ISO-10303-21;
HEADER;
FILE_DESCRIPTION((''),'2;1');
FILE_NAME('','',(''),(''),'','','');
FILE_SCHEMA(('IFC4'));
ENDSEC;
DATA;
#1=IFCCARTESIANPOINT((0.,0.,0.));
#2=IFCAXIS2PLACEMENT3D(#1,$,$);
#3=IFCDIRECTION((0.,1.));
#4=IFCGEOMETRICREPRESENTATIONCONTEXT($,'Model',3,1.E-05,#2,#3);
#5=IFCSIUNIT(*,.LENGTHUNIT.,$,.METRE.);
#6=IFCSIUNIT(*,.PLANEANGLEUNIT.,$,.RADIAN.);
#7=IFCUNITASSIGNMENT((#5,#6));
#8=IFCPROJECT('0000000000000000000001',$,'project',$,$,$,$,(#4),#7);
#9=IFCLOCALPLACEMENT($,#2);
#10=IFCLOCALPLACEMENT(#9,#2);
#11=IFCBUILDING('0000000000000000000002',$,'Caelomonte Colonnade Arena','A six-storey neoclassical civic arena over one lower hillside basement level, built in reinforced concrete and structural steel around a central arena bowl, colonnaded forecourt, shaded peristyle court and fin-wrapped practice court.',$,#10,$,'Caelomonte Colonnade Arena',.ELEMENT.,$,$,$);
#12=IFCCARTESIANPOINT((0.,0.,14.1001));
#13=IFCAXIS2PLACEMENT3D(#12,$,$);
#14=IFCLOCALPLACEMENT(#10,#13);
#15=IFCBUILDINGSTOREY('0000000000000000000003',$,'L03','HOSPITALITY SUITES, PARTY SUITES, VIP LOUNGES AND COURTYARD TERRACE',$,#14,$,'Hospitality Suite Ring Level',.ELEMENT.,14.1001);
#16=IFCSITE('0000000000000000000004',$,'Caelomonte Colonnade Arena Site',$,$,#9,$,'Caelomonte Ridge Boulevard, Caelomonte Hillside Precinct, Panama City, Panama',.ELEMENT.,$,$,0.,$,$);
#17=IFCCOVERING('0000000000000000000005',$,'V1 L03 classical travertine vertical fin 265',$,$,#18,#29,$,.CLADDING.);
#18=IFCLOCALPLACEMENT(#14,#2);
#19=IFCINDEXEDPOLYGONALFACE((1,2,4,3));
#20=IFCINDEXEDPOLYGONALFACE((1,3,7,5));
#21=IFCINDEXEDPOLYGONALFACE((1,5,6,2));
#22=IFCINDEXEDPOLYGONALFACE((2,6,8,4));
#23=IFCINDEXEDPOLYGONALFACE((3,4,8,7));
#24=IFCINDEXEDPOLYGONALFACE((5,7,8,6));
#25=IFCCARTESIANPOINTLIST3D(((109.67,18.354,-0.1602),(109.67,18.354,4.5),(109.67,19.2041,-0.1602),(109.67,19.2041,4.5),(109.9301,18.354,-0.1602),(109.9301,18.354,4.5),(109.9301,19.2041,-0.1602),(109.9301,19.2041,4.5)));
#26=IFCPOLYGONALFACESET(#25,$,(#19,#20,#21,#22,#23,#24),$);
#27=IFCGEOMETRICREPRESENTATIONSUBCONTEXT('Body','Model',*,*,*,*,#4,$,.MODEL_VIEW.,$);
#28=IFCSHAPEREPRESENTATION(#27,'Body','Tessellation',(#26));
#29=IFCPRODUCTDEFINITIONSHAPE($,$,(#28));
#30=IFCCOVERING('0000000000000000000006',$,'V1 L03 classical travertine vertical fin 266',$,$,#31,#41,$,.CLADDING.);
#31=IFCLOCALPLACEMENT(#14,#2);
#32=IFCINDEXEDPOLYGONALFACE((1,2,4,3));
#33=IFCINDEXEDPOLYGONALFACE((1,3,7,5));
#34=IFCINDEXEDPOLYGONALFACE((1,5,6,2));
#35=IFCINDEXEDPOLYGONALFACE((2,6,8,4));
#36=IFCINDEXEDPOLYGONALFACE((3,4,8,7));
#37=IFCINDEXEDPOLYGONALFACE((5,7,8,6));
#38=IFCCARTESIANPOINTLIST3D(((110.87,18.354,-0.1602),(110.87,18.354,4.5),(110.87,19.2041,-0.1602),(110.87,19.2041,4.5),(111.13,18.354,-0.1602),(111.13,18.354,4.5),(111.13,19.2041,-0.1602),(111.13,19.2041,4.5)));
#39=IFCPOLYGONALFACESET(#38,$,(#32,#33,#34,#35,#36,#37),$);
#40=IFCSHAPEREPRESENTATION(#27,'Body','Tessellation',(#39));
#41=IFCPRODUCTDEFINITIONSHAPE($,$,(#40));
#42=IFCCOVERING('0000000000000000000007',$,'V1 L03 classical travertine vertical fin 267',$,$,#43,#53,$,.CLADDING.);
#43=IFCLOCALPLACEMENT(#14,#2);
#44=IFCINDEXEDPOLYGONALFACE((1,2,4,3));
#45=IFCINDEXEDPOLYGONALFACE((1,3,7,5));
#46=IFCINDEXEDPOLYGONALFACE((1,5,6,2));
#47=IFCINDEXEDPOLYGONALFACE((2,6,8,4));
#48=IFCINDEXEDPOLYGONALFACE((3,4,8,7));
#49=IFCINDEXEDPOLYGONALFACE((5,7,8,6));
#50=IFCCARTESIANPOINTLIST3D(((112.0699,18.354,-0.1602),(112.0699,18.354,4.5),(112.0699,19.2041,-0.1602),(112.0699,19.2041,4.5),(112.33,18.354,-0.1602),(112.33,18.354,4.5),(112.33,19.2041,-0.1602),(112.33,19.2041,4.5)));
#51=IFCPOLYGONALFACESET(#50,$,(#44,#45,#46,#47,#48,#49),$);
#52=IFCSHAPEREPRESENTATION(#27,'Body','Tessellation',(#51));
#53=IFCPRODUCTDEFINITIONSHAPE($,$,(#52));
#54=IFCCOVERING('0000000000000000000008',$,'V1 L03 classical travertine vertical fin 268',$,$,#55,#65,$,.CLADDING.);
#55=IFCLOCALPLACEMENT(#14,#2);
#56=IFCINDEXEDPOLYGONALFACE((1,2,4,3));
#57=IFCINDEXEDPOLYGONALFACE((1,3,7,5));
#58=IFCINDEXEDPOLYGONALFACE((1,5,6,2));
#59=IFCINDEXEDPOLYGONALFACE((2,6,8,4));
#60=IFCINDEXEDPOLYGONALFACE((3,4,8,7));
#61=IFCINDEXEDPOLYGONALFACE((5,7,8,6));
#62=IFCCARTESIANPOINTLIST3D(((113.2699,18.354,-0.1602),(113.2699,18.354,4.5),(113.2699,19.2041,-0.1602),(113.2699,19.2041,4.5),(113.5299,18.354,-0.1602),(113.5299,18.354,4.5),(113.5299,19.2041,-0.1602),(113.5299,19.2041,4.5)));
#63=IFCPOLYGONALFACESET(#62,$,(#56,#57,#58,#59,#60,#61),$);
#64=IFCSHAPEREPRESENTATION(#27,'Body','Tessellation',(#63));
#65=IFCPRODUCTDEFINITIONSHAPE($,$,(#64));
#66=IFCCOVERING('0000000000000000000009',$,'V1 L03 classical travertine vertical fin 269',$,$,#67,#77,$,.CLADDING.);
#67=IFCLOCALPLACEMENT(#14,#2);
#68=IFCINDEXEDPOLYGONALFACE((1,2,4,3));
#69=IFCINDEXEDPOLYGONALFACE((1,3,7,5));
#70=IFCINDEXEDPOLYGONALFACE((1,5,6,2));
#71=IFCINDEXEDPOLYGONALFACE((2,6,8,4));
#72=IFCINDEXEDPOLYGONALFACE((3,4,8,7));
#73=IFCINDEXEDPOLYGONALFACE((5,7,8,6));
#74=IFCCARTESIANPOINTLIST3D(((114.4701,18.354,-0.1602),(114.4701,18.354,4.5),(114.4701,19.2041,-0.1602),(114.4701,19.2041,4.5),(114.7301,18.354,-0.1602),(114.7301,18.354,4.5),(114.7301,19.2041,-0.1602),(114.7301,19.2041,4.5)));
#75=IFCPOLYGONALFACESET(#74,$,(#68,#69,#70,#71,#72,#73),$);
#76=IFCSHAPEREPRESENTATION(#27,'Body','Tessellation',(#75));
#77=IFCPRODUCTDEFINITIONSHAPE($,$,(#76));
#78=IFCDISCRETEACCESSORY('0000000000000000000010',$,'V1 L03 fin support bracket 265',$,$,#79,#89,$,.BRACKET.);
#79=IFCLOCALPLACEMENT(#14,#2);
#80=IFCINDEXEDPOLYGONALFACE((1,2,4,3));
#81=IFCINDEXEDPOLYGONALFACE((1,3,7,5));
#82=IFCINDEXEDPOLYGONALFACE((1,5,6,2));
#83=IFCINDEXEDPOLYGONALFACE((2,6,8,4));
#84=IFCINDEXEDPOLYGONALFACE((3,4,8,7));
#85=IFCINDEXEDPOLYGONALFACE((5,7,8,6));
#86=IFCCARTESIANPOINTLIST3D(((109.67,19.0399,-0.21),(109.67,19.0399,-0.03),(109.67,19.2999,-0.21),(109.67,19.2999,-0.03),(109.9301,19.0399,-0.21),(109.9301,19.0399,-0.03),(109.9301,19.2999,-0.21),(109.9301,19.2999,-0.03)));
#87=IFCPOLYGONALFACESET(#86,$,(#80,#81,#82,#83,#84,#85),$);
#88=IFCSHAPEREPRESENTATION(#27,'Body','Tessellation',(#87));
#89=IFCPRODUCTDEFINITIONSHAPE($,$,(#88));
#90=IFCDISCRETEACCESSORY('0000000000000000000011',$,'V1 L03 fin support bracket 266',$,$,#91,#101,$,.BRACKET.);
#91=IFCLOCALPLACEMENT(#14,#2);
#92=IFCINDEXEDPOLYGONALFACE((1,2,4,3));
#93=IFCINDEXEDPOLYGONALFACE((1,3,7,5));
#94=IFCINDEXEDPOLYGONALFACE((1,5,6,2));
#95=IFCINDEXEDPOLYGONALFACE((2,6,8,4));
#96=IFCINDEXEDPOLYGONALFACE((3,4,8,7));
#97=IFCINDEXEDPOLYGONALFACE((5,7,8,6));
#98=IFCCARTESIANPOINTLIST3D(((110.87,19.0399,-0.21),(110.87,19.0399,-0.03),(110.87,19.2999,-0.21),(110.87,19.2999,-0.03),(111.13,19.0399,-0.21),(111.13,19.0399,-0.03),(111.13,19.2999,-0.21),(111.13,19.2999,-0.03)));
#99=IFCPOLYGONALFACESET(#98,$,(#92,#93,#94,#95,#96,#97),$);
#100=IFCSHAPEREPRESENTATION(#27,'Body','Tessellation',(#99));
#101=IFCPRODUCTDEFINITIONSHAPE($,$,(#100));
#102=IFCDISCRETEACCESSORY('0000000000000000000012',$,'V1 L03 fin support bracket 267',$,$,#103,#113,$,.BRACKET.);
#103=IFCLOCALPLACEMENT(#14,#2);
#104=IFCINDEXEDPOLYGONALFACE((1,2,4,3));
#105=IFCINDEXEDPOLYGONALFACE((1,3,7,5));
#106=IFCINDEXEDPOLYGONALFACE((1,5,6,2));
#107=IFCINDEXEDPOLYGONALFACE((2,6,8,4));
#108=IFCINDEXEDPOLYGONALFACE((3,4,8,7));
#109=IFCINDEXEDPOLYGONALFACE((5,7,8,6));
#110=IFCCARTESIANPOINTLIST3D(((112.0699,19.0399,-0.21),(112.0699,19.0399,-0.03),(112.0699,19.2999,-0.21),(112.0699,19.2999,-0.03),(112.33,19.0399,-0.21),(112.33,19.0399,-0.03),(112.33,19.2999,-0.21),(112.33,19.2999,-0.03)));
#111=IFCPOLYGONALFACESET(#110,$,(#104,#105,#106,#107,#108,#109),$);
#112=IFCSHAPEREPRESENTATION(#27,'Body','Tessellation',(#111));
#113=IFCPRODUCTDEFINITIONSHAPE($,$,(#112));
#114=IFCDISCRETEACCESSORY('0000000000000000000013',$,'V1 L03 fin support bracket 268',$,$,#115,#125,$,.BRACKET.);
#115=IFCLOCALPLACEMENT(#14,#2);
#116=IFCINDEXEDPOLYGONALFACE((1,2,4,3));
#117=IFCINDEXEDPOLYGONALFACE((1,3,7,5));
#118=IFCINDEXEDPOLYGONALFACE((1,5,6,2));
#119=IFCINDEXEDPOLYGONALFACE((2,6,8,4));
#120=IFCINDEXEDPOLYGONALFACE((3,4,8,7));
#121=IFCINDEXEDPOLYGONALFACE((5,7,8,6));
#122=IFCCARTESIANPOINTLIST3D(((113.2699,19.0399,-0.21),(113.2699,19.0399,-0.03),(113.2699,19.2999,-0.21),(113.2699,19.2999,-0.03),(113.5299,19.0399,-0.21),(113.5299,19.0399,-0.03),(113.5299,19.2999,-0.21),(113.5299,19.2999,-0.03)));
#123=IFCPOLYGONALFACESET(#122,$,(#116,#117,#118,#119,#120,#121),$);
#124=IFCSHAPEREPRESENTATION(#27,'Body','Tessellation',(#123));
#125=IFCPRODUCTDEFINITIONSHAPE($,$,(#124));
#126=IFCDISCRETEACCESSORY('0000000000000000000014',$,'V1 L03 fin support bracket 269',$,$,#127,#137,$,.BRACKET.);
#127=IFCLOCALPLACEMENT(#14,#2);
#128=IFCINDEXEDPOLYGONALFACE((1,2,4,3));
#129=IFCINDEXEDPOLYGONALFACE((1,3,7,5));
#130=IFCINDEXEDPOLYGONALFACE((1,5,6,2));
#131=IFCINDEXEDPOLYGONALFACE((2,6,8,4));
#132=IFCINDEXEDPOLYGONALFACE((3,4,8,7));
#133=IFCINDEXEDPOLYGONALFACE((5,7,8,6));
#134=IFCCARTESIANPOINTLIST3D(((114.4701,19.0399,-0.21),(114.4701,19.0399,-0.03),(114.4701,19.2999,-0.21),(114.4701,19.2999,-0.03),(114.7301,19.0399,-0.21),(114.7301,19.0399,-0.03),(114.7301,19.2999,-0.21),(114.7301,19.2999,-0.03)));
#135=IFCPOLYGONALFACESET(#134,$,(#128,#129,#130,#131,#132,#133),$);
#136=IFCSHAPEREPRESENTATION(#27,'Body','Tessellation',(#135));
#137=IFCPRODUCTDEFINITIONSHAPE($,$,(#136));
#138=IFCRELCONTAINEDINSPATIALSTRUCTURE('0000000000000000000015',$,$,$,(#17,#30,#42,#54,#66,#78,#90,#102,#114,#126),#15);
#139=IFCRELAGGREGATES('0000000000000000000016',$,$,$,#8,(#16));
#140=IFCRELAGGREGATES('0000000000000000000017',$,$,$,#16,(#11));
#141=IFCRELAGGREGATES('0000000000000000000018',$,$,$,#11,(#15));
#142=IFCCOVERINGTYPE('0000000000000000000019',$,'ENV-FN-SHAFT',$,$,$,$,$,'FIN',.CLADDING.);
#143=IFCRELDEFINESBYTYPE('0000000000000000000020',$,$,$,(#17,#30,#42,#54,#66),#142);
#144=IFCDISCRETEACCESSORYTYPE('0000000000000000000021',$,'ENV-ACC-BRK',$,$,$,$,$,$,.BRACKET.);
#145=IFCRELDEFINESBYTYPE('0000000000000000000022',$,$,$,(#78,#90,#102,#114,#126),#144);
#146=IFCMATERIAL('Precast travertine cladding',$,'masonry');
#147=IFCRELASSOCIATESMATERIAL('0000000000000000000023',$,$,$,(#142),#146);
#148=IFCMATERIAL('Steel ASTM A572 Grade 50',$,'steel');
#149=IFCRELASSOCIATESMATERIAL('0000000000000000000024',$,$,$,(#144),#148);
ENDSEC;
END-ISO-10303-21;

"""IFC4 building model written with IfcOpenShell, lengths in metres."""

from ifc_helpers import new_model, si_unit, direction, frame, origin, origin_2d, place, context, subcontext, project, spatial, rectangle, extrude, material, material_profile, profile_set, type_object, element, save


model = new_model("IFC4")

# Units and contexts
model_context = context("Model", 3, precision=1e-05, world=origin(), true_north=direction((0.0, 1.0)))
body_context = subcontext(model_context, "Body", "Model", "MODEL_VIEW")
ifc_project = project(units=[si_unit("LENGTHUNIT", "METRE"), si_unit("PLANEANGLEUNIT", "RADIAN")], contexts=[model_context])

# Site, building, storey
site_placement = place(None, origin())
site = spatial("IfcSite", under=ifc_project, at=site_placement, Name="Caelomonte Colonnade Arena Site", LongName="Caelomonte Ridge Boulevard, Caelomonte Hillside Precinct, Panama City, Panama", CompositionType="ELEMENT", RefElevation=0.0)
building_placement = place(site_placement, origin())
building = spatial("IfcBuilding", under=site, at=building_placement, Name="Caelomonte Colonnade Arena", Description="A six-storey neoclassical civic arena over one lower hillside basement level, built in reinforced concrete and structural steel around a central arena bowl, colonnaded forecourt, shaded peristyle court and fin-wrapped practice court.", LongName="Caelomonte Colonnade Arena", CompositionType="ELEMENT")
storey_placement = place(building_placement, frame((0.0, 0.0, 14.1001)))
storey = spatial("IfcBuildingStorey", under=building, at=storey_placement, Name="L03", Description="HOSPITALITY SUITES, PARTY SUITES, VIP LOUNGES AND COURTYARD TERRACE", LongName="Hospitality Suite Ring Level", CompositionType="ELEMENT", Elevation=14.1001)

# Coverings
ifc_material_1 = material(Name="Precast travertine cladding", Category="masonry")
ifc_material_profile_1 = material_profile(ifc_material_1, rectangle(XDim=0.26, YDim=0.8501, at=origin_2d()), Name="FIN260X850")
ifc_profile_set_1 = profile_set([ifc_material_profile_1], Name="Precast travertine cladding")
covering_type = type_object("IfcCoveringType", Name="ENV-FN-SHAFT", ElementType="FIN", PredefinedType="CLADDING", material=ifc_profile_set_1)
for number, where, z_axis, x_axis, name in (
    (1, (109.8, 18.7791, -0.1602), (0.0, 0.0, 1.0), (-1.0, 0.0, 0.0), "V1 L03 classical travertine vertical fin 265"),
    (2, (111.0, 18.7791, -0.1602), (0.0, 0.0, 1.0), (-1.0, 0.0, 0.0), "V1 L03 classical travertine vertical fin 266"),
    (3, (112.2, 18.7791, -0.1602), (0.0, 0.0, 1.0), (-1.0, 0.0, 0.0), "V1 L03 classical travertine vertical fin 267"),
    (4, (113.3999, 18.7791, -0.1602), (0.0, 0.0, 1.0), (-1.0, 0.0, 0.0), "V1 L03 classical travertine vertical fin 268"),
    (5, (114.6001, 18.7791, -0.1602), (0.0, 0.0, 1.0), (-1.0, 0.0, 0.0), "V1 L03 classical travertine vertical fin 269"),
):
    element("IfcCovering", number, at=place(storey_placement, frame(where, z_axis=z_axis, x_axis=x_axis)), inside=storey, type_object=covering_type, Name=name, PredefinedType="CLADDING", context=body_context, shape_type="SweptSolid", body=[
        extrude(rectangle(XDim=0.26, YDim=0.8501, at=origin_2d()), origin(), (0.0, 0.0, 1.0), 4.6602),
    ])

# Discrete accessories
ifc_material_2 = material(Name="Steel ASTM A572 Grade 50", Category="steel")
discrete_accessory_type = type_object("IfcDiscreteAccessoryType", Name="ENV-ACC-BRK", PredefinedType="BRACKET", material=ifc_material_2)
for number, where, z_axis, x_axis, name in (
    (6, (109.8, 19.1699, -0.21), (0.0, 0.0, 1.0), (1.0, 0.0, 0.0), "V1 L03 fin support bracket 265"),
    (7, (111.0, 19.1699, -0.21), (0.0, 0.0, 1.0), (1.0, 0.0, 0.0), "V1 L03 fin support bracket 266"),
    (8, (112.2, 19.1699, -0.21), (0.0, 0.0, 1.0), (1.0, 0.0, 0.0), "V1 L03 fin support bracket 267"),
    (9, (113.3999, 19.1699, -0.21), (0.0, 0.0, 1.0), (1.0, 0.0, 0.0), "V1 L03 fin support bracket 268"),
    (10, (114.6001, 19.1699, -0.21), (0.0, 0.0, 1.0), (1.0, 0.0, 0.0), "V1 L03 fin support bracket 269"),
):
    element("IfcDiscreteAccessory", number, at=place(storey_placement, frame(where, z_axis=z_axis, x_axis=x_axis)), inside=storey, type_object=discrete_accessory_type, Name=name, PredefinedType="BRACKET", context=body_context, shape_type="SweptSolid", body=[
        extrude(rectangle(XDim=0.26, YDim=0.26, at=origin_2d()), origin(), (0.0, 0.0, 1.0), 0.1799),
    ])

save(model, "model.ifc")
